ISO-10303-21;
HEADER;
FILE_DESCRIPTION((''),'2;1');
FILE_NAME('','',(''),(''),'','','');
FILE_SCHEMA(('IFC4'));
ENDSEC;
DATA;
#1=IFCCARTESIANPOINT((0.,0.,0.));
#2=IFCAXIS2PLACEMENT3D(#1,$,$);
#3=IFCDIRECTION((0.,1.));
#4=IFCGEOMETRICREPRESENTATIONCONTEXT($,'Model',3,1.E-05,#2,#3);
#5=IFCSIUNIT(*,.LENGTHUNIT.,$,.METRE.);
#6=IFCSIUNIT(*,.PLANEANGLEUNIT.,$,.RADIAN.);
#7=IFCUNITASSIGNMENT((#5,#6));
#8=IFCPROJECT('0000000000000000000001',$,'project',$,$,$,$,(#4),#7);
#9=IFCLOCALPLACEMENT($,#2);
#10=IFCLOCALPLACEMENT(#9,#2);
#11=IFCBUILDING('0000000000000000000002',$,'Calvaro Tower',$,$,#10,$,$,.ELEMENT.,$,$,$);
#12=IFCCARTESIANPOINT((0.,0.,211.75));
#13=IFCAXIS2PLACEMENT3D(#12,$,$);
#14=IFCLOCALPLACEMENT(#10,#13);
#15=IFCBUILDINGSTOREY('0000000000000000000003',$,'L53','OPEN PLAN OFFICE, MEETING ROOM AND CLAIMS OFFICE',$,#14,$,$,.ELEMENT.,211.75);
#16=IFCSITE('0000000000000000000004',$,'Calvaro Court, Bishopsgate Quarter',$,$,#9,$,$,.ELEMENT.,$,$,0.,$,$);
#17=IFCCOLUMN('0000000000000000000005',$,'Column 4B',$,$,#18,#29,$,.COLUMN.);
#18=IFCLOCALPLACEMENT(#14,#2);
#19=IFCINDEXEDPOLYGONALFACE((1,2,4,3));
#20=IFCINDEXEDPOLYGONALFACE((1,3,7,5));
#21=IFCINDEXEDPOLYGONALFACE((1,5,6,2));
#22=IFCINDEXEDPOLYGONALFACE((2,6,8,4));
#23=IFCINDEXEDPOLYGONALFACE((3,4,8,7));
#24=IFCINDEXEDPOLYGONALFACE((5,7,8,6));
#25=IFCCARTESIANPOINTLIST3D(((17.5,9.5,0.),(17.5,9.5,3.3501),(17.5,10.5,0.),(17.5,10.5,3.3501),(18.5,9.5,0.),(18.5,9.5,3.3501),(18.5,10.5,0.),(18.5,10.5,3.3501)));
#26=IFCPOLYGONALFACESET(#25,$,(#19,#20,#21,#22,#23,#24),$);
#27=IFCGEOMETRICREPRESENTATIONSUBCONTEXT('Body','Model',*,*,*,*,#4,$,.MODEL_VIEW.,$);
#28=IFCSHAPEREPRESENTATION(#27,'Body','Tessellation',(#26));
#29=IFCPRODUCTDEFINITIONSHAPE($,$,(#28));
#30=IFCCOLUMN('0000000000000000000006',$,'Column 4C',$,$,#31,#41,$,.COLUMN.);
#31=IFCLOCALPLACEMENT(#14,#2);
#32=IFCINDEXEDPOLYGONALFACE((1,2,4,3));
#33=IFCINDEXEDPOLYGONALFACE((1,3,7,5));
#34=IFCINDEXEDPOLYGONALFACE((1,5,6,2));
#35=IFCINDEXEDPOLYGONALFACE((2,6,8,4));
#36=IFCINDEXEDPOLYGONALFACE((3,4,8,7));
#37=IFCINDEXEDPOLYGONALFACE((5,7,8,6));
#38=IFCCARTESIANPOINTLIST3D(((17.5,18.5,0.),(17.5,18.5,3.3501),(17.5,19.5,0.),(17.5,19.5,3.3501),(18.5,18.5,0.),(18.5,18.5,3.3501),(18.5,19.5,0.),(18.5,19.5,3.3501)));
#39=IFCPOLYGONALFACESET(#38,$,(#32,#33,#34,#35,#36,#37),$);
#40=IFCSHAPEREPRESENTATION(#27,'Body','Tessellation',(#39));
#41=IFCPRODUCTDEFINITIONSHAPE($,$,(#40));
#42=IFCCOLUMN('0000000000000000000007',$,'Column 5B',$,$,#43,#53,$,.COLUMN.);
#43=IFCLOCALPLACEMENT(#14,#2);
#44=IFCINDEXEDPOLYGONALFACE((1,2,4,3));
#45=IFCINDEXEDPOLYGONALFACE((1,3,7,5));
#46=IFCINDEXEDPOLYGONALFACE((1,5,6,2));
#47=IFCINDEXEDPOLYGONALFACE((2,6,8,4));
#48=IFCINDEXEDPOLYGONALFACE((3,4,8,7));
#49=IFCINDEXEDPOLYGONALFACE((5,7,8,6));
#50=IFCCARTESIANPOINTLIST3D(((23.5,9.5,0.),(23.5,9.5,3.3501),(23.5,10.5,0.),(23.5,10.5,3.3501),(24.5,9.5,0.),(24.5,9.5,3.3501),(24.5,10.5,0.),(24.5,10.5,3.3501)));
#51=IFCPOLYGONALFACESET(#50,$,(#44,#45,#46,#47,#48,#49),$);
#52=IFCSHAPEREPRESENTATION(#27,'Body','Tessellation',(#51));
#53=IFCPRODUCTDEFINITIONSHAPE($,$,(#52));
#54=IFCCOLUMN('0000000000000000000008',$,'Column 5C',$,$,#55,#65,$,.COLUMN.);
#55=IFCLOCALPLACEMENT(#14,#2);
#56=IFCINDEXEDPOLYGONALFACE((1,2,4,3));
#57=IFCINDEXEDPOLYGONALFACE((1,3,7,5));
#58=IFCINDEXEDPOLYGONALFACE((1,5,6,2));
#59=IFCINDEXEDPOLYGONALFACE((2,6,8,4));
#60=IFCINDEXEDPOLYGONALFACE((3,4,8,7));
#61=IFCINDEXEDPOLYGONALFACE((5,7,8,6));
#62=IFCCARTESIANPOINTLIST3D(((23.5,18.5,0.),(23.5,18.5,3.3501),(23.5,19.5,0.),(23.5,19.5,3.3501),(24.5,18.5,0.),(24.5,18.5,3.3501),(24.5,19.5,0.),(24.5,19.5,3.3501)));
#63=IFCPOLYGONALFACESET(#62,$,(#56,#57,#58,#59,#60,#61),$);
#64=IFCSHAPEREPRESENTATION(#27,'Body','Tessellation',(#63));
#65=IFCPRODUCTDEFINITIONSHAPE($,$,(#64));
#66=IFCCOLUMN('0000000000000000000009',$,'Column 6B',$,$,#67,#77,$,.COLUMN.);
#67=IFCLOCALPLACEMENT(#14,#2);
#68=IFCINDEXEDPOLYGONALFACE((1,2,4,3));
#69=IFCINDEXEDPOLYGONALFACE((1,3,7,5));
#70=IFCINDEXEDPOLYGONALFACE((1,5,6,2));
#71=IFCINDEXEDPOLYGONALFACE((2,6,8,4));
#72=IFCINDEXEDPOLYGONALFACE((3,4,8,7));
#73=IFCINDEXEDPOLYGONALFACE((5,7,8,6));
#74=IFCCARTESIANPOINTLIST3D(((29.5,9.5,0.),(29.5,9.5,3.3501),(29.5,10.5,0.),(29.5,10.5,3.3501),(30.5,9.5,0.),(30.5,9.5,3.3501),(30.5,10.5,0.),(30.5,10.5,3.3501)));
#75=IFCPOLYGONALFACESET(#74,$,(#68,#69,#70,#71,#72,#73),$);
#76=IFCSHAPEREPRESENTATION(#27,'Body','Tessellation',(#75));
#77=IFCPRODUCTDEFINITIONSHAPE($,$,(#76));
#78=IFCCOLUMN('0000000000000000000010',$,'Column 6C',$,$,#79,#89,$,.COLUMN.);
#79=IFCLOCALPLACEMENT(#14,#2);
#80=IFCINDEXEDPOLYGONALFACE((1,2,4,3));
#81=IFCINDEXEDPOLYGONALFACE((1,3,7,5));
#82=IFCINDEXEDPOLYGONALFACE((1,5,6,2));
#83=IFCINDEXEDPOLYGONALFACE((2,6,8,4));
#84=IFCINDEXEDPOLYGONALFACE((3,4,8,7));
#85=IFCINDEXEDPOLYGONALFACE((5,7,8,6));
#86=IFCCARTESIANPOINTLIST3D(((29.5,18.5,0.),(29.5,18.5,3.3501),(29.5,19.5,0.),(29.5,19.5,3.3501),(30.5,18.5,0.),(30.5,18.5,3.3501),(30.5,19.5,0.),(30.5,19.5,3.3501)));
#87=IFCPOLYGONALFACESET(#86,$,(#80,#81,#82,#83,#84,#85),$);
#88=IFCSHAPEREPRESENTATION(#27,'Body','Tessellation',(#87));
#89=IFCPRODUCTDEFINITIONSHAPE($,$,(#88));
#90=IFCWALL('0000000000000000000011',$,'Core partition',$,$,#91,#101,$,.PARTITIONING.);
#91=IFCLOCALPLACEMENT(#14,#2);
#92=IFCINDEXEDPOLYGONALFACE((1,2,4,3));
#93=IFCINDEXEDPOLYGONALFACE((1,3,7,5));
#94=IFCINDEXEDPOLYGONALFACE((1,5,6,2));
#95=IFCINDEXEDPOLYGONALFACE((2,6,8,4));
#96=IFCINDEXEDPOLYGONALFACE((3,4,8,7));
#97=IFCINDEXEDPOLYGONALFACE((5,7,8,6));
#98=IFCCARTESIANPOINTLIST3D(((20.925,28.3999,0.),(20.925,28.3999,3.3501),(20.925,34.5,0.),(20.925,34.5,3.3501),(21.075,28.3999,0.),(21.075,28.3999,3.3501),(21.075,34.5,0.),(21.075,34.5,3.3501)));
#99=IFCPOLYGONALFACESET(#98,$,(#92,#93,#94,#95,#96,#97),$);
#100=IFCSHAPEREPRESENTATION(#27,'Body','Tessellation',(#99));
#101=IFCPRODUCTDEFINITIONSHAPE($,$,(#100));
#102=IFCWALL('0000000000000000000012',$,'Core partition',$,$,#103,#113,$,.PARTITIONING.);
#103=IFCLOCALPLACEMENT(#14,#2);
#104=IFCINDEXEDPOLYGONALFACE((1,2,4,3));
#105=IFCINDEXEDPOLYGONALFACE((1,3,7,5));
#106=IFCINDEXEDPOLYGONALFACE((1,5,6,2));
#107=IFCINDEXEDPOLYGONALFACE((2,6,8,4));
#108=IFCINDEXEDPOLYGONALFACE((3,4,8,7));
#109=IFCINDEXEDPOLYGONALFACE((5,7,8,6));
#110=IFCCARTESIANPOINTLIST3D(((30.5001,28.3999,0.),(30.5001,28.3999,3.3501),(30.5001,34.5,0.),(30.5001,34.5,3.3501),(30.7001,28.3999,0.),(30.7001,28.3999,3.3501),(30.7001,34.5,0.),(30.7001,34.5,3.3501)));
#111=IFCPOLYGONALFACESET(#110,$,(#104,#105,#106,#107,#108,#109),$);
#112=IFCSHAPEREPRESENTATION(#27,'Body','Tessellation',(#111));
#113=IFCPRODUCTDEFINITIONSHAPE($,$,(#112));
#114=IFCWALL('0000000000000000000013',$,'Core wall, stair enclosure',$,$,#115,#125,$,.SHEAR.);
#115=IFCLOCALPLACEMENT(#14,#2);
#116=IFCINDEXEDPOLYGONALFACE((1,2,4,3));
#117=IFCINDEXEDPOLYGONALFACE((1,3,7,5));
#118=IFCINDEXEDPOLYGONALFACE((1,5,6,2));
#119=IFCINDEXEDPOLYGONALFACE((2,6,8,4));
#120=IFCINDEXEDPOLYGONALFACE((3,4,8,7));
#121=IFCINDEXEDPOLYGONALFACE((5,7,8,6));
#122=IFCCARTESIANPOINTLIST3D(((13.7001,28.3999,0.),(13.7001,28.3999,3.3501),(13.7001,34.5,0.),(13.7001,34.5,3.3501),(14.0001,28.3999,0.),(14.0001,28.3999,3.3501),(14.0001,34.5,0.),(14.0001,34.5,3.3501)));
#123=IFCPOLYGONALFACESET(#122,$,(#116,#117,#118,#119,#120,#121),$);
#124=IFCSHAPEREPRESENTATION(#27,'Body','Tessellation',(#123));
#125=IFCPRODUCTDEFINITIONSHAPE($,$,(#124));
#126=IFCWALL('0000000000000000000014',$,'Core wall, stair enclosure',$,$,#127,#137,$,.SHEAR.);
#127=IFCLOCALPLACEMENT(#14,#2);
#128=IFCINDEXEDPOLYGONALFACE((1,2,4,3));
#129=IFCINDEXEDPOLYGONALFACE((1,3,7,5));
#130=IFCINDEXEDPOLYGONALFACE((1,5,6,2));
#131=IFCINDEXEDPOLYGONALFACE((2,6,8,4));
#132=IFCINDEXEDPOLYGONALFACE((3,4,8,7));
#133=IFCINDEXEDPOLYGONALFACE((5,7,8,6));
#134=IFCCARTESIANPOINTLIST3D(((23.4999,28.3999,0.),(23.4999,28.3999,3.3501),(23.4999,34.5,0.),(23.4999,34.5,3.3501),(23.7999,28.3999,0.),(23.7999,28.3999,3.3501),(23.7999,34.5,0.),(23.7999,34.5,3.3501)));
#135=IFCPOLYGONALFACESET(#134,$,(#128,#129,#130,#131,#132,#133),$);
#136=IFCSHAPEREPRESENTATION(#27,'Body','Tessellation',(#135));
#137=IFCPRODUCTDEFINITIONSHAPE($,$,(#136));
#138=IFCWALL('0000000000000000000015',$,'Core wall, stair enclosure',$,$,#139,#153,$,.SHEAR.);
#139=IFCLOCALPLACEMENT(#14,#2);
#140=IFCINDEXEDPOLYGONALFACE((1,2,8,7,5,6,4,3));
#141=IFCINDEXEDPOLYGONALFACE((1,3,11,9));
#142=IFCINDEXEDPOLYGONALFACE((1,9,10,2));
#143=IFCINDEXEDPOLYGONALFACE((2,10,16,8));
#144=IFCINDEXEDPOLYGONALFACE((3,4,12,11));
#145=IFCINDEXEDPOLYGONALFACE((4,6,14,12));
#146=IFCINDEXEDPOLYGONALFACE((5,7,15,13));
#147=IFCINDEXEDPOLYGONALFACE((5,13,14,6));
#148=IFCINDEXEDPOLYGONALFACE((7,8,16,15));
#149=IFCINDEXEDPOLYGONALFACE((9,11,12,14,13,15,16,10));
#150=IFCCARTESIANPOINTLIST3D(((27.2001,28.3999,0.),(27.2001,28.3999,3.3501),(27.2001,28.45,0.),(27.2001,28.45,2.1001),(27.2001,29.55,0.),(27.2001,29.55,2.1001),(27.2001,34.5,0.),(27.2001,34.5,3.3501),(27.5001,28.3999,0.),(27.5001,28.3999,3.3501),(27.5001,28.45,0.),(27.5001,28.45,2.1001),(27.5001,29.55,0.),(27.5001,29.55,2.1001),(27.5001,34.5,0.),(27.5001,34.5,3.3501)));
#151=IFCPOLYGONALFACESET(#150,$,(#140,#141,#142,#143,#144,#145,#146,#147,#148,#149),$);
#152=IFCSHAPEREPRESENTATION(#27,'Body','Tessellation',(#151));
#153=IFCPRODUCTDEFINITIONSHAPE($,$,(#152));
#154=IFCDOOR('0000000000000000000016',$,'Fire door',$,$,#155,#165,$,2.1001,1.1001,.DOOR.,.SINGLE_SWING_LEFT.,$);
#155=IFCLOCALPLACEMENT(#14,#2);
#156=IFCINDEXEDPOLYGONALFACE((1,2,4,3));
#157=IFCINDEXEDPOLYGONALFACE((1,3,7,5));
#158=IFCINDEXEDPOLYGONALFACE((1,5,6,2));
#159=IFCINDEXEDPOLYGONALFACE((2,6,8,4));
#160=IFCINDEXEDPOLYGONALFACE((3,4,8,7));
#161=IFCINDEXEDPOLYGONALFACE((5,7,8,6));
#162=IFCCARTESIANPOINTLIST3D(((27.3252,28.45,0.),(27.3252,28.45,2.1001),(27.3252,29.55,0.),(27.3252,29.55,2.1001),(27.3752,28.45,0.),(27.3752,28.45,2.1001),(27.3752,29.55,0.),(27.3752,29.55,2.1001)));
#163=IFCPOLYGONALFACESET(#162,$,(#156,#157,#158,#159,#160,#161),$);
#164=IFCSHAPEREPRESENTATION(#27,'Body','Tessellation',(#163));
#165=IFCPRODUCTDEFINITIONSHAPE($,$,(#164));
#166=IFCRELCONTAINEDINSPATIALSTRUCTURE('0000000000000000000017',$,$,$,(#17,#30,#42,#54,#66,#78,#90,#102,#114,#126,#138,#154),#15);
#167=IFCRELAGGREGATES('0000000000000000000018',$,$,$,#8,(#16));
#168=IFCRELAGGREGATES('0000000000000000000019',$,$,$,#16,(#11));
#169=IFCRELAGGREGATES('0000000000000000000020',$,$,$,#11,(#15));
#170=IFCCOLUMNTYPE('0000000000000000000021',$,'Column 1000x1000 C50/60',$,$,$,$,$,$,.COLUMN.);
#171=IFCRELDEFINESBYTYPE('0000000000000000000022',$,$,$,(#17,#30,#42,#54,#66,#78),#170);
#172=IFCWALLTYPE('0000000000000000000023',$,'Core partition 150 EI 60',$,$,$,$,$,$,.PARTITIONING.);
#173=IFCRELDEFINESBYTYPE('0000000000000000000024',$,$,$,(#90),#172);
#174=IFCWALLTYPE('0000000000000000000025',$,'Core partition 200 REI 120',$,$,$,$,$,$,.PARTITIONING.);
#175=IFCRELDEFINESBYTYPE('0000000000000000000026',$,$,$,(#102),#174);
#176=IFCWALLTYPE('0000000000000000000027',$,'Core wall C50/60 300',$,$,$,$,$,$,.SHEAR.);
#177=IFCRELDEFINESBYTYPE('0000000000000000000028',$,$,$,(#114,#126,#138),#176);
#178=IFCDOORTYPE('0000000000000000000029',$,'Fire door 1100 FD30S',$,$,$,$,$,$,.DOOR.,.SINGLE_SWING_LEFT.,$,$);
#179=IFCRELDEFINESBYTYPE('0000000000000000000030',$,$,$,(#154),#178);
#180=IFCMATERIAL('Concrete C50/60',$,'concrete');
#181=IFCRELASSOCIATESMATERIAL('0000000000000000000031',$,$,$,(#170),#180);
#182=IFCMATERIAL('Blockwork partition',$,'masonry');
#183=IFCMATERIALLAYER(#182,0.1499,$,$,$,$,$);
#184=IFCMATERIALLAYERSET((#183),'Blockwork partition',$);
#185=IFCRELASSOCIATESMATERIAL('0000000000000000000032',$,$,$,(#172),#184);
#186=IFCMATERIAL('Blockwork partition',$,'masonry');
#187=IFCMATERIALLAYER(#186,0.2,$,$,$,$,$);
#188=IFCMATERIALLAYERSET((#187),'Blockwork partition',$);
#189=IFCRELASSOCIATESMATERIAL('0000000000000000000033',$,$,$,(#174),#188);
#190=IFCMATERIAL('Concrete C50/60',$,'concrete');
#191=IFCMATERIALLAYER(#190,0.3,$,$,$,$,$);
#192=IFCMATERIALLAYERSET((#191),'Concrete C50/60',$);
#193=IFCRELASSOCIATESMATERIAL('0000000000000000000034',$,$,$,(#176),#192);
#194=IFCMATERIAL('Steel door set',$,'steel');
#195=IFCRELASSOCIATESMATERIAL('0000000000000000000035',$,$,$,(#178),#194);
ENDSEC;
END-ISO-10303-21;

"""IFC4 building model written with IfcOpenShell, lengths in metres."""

from ifc_helpers import new_model, si_unit, direction, frame, frame_2d, origin, origin_2d, place, context, subcontext, project, spatial, rectangle, extrude, material, layer, layer_set, material_profile, profile_set, type_object, element, fill, save


model = new_model("IFC4")

# Units and contexts
model_context = context("Model", 3, precision=1e-05, world=origin(), true_north=direction((0.0, 1.0)))
body_context = subcontext(model_context, "Body", "Model", "MODEL_VIEW")
ifc_project = project(units=[si_unit("LENGTHUNIT", "METRE"), si_unit("PLANEANGLEUNIT", "RADIAN")], contexts=[model_context])

# Site, building, storey
site_placement = place(None, origin())
site = spatial("IfcSite", under=ifc_project, at=site_placement, Name="Calvaro Court, Bishopsgate Quarter", CompositionType="ELEMENT", RefElevation=0.0)
building_placement = place(site_placement, origin())
building = spatial("IfcBuilding", under=site, at=building_placement, Name="Calvaro Tower", CompositionType="ELEMENT")
storey_placement = place(building_placement, frame((0.0, 0.0, 211.75)))
storey = spatial("IfcBuildingStorey", under=building, at=storey_placement, Name="L53", Description="OPEN PLAN OFFICE, MEETING ROOM AND CLAIMS OFFICE", CompositionType="ELEMENT", Elevation=211.75)

# Columns
ifc_material_1 = material(Name="Concrete C50/60", Category="concrete")
ifc_material_profile = material_profile(ifc_material_1, rectangle(XDim=1.0, YDim=1.0, at=origin_2d()), Name="RC 1000x1000")
ifc_profile_set = profile_set([ifc_material_profile], Name="Concrete C50/60")
column_type = type_object("IfcColumnType", Name="Column 1000x1000 C50/60", PredefinedType="COLUMN", material=ifc_profile_set)
for number, where, z_axis, x_axis, name in (
    (1, (18.0, 10.0, 0.0), (0.0, 0.0, 1.0), (1.0, 0.0, 0.0), "Column 4B"),
    (2, (18.0, 19.0, 0.0), (0.0, 0.0, 1.0), (1.0, 0.0, 0.0), "Column 4C"),
    (3, (24.0, 10.0, 0.0), (0.0, 0.0, 1.0), (1.0, 0.0, 0.0), "Column 5B"),
    (4, (24.0, 19.0, 0.0), (0.0, 0.0, 1.0), (1.0, 0.0, 0.0), "Column 5C"),
    (5, (30.0, 10.0, 0.0), (0.0, 0.0, 1.0), (1.0, 0.0, 0.0), "Column 6B"),
    (6, (30.0, 19.0, 0.0), (0.0, 0.0, 1.0), (1.0, 0.0, 0.0), "Column 6C"),
):
    element("IfcColumn", number, at=place(storey_placement, frame(where, z_axis=z_axis, x_axis=x_axis)), inside=storey, type_object=column_type, Name=name, PredefinedType="COLUMN", context=body_context, shape_type="SweptSolid", body=[
        extrude(rectangle(XDim=1.0, YDim=1.0, at=origin_2d()), origin(), (0.0, 0.0, 1.0), 3.3501),
    ])

# Walls
ifc_material_2 = material(Name="Blockwork partition", Category="masonry")
ifc_layer_1 = layer(ifc_material_2, 0.1499)
ifc_layer_set_1 = layer_set([ifc_layer_1], Name="Blockwork partition")
wall_type_1 = type_object("IfcWallType", Name="Core partition 150 EI 60", PredefinedType="PARTITIONING", material=ifc_layer_set_1)
wall_1_placement = place(storey_placement, frame((21.0, 28.3999, 0.0), z_axis=(0.0, 0.0, 1.0), x_axis=(0.0, 1.0, 0.0)))
element("IfcWall", 7, at=wall_1_placement, inside=storey, type_object=wall_type_1, Name="Core partition", PredefinedType="PARTITIONING", context=body_context, shape_type="SweptSolid", body=[
    extrude(rectangle(XDim=6.1001, YDim=0.1499, at=frame_2d((3.05, 0.0))), origin(), (0.0, 0.0, 1.0), 3.3501),
])
ifc_material_3 = material(Name="Blockwork partition", Category="masonry")
ifc_layer_2 = layer(ifc_material_3, 0.2)
ifc_layer_set_2 = layer_set([ifc_layer_2], Name="Blockwork partition")
wall_type_2 = type_object("IfcWallType", Name="Core partition 200 REI 120", PredefinedType="PARTITIONING", material=ifc_layer_set_2)
wall_2_placement = place(storey_placement, frame((30.6001, 28.3999, 0.0), z_axis=(0.0, 0.0, 1.0), x_axis=(0.0, 1.0, 0.0)))
element("IfcWall", 8, at=wall_2_placement, inside=storey, type_object=wall_type_2, Name="Core partition", PredefinedType="PARTITIONING", context=body_context, shape_type="SweptSolid", body=[
    extrude(rectangle(XDim=6.1001, YDim=0.2, at=frame_2d((3.05, 0.0))), origin(), (0.0, 0.0, 1.0), 3.3501),
])
ifc_material_4 = material(Name="Concrete C50/60", Category="concrete")
ifc_layer_3 = layer(ifc_material_4, 0.3)
ifc_layer_set_3 = layer_set([ifc_layer_3], Name="Concrete C50/60")
wall_type_3 = type_object("IfcWallType", Name="Core wall C50/60 300", PredefinedType="SHEAR", material=ifc_layer_set_3)
for number, where, z_axis, x_axis, name in (
    (9, (13.8501, 28.3999, 0.0), (0.0, 0.0, 1.0), (0.0, 1.0, 0.0), "Core wall, stair enclosure"),
    (10, (23.6499, 28.3999, 0.0), (0.0, 0.0, 1.0), (0.0, 1.0, 0.0), "Core wall, stair enclosure"),
):
    element("IfcWall", number, at=place(storey_placement, frame(where, z_axis=z_axis, x_axis=x_axis)), inside=storey, type_object=wall_type_3, Name=name, PredefinedType="SHEAR", context=body_context, shape_type="SweptSolid", body=[
        extrude(rectangle(XDim=6.1001, YDim=0.3, at=frame_2d((3.05, 0.0))), origin(), (0.0, 0.0, 1.0), 3.3501),
    ])

# Wall, opening, door
wall_3_placement = place(storey_placement, frame((27.3501, 28.3999, 0.0), z_axis=(0.0, 0.0, 1.0), x_axis=(0.0, 1.0, 0.0)))
wall_3 = element("IfcWall", 11, at=wall_3_placement, inside=storey, type_object=wall_type_3, Name="Core wall, stair enclosure", PredefinedType="SHEAR", context=body_context, shape_type="SweptSolid", body=[
    extrude(rectangle(XDim=6.1001, YDim=0.3, at=frame_2d((3.05, 0.0))), origin(), (0.0, 0.0, 1.0), 3.3501),
])
opening_1_placement = place(wall_3_placement, frame((0.05, 0.0, 0.0)))
opening_1 = element("IfcOpeningElement", 12, at=opening_1_placement, cuts=wall_3, PredefinedType="OPENING", context=body_context, shape_type="SweptSolid", body=[
    extrude(rectangle(XDim=1.1001, YDim=2.1001, at=frame_2d((0.55, 1.05))), frame((0.0, 0.1599, 0.0), z_axis=(0.0, -1.0, 0.0), x_axis=(1.0, 0.0, 0.0)), (0.0, 0.0, 1.0), 0.3201),
])
ifc_material_5 = material(Name="Steel door set", Category="steel")
door_type_1 = type_object("IfcDoorType", Name="Fire door 1100 FD30S", OperationType="SINGLE_SWING_LEFT", PredefinedType="DOOR", material=ifc_material_5)
door_1_placement = place(opening_1_placement, origin())
door_1 = element("IfcDoor", 13, at=door_1_placement, inside=storey, type_object=door_type_1, Name="Fire door", OperationType="SINGLE_SWING_LEFT", OverallHeight=2.1001, OverallWidth=1.1001, PredefinedType="DOOR", context=body_context, shape_type="SweptSolid", body=[
    extrude(rectangle(XDim=1.1001, YDim=2.1001, at=frame_2d((0.55, 1.05))), frame((0.0, 0.0249, 0.0), z_axis=(0.0, -1.0, 0.0), x_axis=(1.0, 0.0, 0.0)), (0.0, 0.0, 1.0), 0.05),
])
fill(opening_1, door_1)

save(model, "model.ifc")
